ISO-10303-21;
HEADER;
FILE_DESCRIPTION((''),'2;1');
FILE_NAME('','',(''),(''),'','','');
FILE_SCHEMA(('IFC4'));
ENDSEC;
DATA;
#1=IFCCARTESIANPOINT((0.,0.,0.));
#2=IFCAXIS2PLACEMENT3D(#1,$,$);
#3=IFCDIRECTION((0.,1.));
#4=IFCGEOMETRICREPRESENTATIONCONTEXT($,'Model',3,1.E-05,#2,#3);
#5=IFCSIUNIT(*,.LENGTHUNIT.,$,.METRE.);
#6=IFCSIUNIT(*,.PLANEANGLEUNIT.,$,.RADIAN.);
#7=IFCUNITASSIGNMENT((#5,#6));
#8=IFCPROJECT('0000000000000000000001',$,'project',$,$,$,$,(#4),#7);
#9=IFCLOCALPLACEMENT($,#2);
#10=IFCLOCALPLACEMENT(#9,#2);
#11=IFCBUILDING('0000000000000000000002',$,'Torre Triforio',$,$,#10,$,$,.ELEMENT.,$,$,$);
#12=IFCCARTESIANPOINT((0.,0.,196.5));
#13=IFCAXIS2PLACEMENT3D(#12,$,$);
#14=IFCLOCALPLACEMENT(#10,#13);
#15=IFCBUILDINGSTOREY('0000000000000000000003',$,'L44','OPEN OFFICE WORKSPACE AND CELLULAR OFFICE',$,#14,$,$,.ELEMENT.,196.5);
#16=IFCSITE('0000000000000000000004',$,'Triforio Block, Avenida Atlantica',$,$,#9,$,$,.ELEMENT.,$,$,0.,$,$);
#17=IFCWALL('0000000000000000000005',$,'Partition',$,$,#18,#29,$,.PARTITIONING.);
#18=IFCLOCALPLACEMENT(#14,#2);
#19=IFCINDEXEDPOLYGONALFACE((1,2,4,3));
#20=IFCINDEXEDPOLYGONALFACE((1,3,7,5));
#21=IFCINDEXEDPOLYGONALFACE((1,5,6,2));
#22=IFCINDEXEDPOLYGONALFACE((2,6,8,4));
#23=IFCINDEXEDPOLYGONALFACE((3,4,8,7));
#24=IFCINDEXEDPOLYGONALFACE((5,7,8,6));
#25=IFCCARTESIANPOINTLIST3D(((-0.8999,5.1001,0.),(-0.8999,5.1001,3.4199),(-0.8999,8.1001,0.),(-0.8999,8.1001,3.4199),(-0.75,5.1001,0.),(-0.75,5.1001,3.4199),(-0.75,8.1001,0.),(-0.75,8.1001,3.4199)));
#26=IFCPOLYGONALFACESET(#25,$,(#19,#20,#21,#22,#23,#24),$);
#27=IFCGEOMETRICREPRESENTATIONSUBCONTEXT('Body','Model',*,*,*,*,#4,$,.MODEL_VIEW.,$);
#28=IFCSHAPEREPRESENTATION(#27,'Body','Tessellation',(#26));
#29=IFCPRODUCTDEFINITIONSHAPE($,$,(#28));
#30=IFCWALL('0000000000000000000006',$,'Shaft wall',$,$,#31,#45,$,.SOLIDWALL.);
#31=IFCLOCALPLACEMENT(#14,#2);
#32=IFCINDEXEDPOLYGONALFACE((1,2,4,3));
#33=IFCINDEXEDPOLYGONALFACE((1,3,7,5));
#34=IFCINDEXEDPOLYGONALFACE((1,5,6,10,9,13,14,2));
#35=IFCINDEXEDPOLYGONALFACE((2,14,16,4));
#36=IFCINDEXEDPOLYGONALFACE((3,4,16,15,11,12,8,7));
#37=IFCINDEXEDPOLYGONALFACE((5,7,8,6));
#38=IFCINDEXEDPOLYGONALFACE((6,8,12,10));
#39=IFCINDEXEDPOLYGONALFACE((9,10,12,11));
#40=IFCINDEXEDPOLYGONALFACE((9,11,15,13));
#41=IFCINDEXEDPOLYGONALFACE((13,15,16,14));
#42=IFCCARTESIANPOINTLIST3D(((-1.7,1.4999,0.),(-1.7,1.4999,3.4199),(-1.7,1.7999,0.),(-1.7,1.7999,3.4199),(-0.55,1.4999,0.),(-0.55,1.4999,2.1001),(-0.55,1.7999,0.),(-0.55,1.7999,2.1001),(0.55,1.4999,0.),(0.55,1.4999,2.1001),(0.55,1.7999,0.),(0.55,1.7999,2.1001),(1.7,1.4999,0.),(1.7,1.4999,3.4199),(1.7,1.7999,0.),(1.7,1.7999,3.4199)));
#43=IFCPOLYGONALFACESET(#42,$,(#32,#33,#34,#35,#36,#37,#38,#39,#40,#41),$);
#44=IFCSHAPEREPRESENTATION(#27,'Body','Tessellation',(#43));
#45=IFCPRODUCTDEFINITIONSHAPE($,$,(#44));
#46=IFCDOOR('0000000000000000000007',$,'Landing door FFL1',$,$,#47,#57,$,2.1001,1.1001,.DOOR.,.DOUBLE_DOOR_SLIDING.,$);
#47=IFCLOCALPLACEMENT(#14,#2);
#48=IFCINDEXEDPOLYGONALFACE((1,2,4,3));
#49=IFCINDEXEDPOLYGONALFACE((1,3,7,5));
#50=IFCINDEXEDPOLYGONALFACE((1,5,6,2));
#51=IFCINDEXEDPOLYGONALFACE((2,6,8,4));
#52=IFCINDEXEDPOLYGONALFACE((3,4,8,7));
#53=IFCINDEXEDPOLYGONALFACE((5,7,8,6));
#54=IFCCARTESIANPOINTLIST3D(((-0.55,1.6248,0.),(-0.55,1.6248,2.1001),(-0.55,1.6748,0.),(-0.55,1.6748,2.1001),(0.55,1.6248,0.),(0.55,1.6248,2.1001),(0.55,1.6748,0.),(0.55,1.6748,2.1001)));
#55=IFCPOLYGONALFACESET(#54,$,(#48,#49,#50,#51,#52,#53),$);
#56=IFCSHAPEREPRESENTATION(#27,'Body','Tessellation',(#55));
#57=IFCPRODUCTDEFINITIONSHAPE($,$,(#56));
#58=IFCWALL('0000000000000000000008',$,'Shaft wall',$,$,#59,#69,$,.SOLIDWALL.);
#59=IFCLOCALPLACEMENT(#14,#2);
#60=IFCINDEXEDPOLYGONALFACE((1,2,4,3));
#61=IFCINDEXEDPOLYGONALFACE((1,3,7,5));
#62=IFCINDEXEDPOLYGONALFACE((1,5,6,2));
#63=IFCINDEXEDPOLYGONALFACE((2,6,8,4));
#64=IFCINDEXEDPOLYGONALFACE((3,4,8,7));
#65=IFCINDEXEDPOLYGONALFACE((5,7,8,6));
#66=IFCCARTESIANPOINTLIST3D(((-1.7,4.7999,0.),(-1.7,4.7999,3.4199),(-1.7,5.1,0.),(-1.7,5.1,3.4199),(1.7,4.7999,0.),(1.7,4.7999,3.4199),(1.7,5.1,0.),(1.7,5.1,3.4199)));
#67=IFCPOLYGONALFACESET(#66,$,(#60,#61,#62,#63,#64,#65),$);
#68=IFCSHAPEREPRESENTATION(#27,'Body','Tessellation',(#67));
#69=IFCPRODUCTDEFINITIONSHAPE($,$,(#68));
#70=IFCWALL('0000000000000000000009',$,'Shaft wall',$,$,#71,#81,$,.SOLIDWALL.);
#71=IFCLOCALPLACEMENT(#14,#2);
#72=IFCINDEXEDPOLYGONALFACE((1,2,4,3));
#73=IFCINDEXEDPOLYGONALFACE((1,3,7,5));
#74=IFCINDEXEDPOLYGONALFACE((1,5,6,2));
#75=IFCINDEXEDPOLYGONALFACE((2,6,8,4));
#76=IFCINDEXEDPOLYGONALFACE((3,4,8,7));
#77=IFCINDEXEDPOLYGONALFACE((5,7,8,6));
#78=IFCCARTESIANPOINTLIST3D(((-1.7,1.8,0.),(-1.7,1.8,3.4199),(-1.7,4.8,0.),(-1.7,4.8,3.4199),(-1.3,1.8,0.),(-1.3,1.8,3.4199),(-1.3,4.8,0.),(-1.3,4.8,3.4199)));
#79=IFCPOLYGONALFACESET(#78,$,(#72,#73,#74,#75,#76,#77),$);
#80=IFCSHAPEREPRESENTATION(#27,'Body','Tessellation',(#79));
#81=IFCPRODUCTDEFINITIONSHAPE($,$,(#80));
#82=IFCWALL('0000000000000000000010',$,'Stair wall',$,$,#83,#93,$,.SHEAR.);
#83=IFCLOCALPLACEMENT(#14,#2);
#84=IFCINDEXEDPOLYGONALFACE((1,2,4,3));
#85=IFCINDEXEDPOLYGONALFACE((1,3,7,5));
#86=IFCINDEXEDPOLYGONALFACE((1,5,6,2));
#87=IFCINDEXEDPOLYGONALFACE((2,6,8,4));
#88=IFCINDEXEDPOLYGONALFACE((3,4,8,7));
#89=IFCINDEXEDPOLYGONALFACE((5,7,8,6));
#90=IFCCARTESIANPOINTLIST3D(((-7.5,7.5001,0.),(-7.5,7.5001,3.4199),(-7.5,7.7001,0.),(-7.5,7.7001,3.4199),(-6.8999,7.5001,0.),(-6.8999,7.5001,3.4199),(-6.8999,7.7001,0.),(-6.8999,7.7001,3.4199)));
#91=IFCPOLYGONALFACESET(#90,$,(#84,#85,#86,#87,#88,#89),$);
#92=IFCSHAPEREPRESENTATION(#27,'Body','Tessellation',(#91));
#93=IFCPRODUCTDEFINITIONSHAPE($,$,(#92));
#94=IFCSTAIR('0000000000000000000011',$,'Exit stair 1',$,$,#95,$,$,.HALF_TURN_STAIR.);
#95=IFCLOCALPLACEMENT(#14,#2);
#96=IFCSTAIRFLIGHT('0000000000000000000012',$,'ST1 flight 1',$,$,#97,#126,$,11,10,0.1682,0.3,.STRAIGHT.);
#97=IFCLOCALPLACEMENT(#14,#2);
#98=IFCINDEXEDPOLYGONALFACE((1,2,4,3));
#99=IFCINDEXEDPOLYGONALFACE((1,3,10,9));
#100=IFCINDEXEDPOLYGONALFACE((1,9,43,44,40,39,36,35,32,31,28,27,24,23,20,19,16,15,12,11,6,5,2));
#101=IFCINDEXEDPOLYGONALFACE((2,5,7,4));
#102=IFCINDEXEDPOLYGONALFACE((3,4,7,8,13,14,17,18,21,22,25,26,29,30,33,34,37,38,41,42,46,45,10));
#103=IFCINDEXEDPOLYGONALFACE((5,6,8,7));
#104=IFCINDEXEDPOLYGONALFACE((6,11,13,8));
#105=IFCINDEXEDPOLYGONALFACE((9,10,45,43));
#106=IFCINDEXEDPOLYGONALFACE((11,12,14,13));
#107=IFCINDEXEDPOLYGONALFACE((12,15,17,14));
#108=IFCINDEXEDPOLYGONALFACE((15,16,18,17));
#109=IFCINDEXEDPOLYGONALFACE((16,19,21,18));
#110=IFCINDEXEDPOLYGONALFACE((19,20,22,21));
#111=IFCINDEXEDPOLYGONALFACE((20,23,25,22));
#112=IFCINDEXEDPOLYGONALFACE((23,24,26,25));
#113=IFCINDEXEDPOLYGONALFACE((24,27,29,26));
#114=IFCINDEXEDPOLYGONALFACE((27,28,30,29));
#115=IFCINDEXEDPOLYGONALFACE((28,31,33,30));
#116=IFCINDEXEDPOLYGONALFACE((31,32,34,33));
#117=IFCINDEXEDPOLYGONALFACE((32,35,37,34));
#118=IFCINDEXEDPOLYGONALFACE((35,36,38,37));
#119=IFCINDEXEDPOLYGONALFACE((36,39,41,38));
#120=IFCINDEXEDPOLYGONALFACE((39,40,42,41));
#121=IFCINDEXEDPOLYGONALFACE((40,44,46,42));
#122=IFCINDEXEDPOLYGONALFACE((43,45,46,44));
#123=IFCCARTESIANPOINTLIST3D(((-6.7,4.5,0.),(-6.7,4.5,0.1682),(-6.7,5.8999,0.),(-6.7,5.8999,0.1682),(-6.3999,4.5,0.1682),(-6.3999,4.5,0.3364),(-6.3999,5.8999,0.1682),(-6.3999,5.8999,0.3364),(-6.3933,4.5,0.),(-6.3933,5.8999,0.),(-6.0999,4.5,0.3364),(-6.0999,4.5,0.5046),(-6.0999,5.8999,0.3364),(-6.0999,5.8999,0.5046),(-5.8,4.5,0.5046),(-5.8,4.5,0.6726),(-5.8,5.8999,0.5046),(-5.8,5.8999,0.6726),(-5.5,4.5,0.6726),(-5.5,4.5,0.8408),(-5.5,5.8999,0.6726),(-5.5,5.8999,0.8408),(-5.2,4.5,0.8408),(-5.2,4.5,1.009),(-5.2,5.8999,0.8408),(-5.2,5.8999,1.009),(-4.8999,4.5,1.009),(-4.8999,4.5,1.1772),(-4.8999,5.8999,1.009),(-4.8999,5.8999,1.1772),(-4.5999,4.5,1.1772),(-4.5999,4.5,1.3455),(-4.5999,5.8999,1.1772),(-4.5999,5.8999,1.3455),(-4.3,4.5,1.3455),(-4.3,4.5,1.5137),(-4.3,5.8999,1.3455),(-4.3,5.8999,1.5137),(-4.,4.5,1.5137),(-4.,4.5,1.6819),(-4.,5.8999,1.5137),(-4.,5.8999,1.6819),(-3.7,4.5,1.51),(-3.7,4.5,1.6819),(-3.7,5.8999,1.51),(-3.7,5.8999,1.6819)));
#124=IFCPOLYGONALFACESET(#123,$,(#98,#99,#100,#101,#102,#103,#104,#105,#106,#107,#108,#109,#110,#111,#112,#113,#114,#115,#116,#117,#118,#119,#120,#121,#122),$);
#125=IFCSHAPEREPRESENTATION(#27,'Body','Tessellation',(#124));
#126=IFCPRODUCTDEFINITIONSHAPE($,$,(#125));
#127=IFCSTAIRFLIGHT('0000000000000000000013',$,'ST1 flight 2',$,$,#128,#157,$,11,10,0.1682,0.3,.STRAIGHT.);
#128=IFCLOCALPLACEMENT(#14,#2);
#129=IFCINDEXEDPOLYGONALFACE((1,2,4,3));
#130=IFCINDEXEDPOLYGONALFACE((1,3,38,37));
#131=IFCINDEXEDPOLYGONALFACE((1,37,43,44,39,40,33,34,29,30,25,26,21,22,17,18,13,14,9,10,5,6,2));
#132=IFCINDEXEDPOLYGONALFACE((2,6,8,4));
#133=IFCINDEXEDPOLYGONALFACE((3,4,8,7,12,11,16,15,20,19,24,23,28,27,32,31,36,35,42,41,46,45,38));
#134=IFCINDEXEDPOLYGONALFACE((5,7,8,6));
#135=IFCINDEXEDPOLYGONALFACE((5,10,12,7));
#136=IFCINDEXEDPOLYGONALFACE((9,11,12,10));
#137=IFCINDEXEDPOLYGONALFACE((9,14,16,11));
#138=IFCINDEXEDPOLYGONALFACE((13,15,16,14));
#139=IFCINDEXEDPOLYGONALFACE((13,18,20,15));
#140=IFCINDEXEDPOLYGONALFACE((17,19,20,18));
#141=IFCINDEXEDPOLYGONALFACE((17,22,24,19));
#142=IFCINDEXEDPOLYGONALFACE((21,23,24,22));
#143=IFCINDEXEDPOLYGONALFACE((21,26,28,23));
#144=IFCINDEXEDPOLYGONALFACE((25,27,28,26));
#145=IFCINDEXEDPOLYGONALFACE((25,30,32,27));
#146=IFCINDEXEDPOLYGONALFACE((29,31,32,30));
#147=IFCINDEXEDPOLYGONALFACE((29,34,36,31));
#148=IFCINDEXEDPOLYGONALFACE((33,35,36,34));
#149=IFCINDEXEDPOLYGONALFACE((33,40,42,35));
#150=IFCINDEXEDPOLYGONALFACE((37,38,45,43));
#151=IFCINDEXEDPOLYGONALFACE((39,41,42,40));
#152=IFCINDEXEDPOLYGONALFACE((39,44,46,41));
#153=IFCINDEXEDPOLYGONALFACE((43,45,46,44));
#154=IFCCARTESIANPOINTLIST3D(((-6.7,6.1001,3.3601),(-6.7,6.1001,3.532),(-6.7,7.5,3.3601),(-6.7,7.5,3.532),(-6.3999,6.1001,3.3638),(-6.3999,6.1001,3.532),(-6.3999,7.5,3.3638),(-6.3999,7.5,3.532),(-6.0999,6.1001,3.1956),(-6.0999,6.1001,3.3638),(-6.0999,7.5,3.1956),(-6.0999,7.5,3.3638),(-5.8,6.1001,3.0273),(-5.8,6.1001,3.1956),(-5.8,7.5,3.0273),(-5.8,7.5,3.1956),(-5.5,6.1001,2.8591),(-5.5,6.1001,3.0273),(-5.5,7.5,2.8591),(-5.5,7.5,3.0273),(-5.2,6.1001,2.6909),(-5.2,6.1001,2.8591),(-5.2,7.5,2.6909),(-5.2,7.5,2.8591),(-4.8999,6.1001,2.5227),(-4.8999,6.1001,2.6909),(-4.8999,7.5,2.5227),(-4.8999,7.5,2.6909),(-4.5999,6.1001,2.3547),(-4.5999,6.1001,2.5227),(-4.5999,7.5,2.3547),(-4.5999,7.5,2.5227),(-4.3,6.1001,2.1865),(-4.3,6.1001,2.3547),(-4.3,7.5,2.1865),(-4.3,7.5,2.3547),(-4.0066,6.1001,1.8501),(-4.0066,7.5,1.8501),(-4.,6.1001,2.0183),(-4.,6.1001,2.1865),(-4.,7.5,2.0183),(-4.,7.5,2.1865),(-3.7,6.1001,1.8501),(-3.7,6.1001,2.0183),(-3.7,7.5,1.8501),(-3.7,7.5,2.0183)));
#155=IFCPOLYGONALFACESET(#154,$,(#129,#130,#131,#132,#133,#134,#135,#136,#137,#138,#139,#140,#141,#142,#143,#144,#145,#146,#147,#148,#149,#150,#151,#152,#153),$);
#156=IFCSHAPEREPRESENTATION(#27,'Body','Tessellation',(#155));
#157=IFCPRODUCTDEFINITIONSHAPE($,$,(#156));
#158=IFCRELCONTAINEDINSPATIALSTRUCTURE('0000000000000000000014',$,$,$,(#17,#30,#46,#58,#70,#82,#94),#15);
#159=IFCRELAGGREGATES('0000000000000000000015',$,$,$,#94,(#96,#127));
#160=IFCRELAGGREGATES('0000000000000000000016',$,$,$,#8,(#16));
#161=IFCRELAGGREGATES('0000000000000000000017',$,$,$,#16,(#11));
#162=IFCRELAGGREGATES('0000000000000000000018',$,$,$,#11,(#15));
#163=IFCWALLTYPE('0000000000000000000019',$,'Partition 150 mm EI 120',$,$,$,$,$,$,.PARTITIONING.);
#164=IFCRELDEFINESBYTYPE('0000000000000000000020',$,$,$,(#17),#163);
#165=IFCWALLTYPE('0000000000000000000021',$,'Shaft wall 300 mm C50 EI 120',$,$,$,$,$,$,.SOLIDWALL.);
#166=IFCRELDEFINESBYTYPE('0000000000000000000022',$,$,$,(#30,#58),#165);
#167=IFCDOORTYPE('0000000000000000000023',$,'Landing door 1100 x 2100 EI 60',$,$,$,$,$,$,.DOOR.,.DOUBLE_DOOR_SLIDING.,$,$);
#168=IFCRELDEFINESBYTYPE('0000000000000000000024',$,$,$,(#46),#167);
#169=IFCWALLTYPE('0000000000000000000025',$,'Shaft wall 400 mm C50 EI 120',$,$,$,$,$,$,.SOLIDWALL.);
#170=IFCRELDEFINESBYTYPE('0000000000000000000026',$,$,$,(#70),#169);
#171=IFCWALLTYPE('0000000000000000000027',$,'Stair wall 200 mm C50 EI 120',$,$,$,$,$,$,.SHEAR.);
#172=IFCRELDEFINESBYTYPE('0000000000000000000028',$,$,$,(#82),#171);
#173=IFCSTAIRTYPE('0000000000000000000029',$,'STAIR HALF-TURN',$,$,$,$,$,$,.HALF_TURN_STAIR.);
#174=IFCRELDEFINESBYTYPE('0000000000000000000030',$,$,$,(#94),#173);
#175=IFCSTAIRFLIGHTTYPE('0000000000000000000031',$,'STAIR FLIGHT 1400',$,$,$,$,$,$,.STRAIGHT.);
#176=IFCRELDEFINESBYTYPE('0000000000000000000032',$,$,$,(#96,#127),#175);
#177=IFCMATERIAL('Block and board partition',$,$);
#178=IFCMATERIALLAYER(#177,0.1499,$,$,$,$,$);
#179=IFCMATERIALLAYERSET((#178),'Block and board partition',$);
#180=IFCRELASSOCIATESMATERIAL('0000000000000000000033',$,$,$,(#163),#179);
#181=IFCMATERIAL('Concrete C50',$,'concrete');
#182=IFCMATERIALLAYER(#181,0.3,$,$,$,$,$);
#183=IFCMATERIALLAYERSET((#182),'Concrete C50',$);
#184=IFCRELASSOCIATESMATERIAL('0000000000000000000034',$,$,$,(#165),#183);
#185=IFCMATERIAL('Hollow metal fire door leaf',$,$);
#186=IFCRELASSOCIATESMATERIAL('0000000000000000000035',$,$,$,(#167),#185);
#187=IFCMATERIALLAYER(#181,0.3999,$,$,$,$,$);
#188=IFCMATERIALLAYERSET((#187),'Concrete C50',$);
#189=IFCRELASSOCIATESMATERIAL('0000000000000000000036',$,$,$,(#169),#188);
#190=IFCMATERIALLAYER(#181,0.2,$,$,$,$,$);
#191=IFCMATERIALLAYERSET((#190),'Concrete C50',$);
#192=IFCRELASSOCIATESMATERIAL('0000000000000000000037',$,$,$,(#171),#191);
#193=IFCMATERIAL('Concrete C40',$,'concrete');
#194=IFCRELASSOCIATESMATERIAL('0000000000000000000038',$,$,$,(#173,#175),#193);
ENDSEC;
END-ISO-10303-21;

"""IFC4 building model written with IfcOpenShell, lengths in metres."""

from ifc_helpers import new_model, si_unit, direction, frame, frame_2d, origin, place, context, subcontext, project, spatial, polyline, rectangle, outline, extrude, material, layer, layer_set, type_object, element, fill, aggregate, save


model = new_model("IFC4")

# Units and contexts
model_context = context("Model", 3, precision=1e-05, world=origin(), true_north=direction((0.0, 1.0)))
body_context = subcontext(model_context, "Body", "Model", "MODEL_VIEW")
ifc_project = project(units=[si_unit("LENGTHUNIT", "METRE"), si_unit("PLANEANGLEUNIT", "RADIAN")], contexts=[model_context])

# Site, building, storey
site_placement = place(None, origin())
site = spatial("IfcSite", under=ifc_project, at=site_placement, Name="Triforio Block, Avenida Atlantica", CompositionType="ELEMENT", RefElevation=0.0)
building_placement = place(site_placement, origin())
building = spatial("IfcBuilding", under=site, at=building_placement, Name="Torre Triforio", CompositionType="ELEMENT")
storey_placement = place(building_placement, frame((0.0, 0.0, 196.5)))
storey = spatial("IfcBuildingStorey", under=building, at=storey_placement, Name="L44", Description="OPEN OFFICE WORKSPACE AND CELLULAR OFFICE", CompositionType="ELEMENT", Elevation=196.5)

# Shared definitions
ifc_material_1 = material(Name="Concrete C40", Category="concrete")

# Wall
ifc_material_2 = material(Name="Concrete C50", Category="concrete")
ifc_material_3 = material(Name="Block and board partition")
ifc_layer_1 = layer(ifc_material_3, 0.1499)
ifc_layer_set_1 = layer_set([ifc_layer_1], Name="Block and board partition")
wall_type_1 = type_object("IfcWallType", Name="Partition 150 mm EI 120", PredefinedType="PARTITIONING", material=ifc_layer_set_1)
wall_1_placement = place(storey_placement, frame((-0.825, 5.1001, 0.0), z_axis=(0.0, 0.0, 1.0), x_axis=(0.0, 1.0, 0.0)))
element("IfcWall", 1, at=wall_1_placement, inside=storey, type_object=wall_type_1, Name="Partition", PredefinedType="PARTITIONING", context=body_context, shape_type="SweptSolid", body=[
    extrude(rectangle(XDim=3.0, YDim=0.1499, at=frame_2d((1.5, 0.0))), origin(), (0.0, 0.0, 1.0), 3.4199),
])

# Wall, opening, door
ifc_layer_2 = layer(ifc_material_2, 0.3)
ifc_layer_set_2 = layer_set([ifc_layer_2], Name="Concrete C50")
wall_type_2 = type_object("IfcWallType", Name="Shaft wall 300 mm C50 EI 120", PredefinedType="SOLIDWALL", material=ifc_layer_set_2)
wall_2_placement = place(storey_placement, frame((-1.7, 1.6499, 0.0), z_axis=(0.0, 0.0, 1.0), x_axis=(1.0, 0.0, 0.0)))
wall_2 = element("IfcWall", 2, at=wall_2_placement, inside=storey, type_object=wall_type_2, Name="Shaft wall", PredefinedType="SOLIDWALL", context=body_context, shape_type="SweptSolid", body=[
    extrude(rectangle(XDim=3.3999, YDim=0.3, at=frame_2d((1.7, 0.0))), origin(), (0.0, 0.0, 1.0), 3.4199),
])
opening_placement = place(wall_2_placement, frame((1.1499, 0.0, 0.0)))
opening = element("IfcOpeningElement", 3, at=opening_placement, cuts=wall_2, PredefinedType="OPENING", context=body_context, shape_type="SweptSolid", body=[
    extrude(rectangle(XDim=1.1001, YDim=2.1001, at=frame_2d((0.55, 1.05))), frame((0.0, 0.1599, 0.0), z_axis=(0.0, -1.0, 0.0), x_axis=(1.0, 0.0, 0.0)), (0.0, 0.0, 1.0), 0.3201),
])
ifc_material_4 = material(Name="Hollow metal fire door leaf")
door_type = type_object("IfcDoorType", Name="Landing door 1100 x 2100 EI 60", OperationType="DOUBLE_DOOR_SLIDING", PredefinedType="DOOR", material=ifc_material_4)
door_placement = place(opening_placement, origin())
door = element("IfcDoor", 4, at=door_placement, inside=storey, type_object=door_type, Name="Landing door FFL1", OperationType="DOUBLE_DOOR_SLIDING", OverallHeight=2.1001, OverallWidth=1.1001, PredefinedType="DOOR", context=body_context, shape_type="SweptSolid", body=[
    extrude(rectangle(XDim=1.1001, YDim=2.1001, at=frame_2d((0.55, 1.05))), frame((0.0, 0.0249, 0.0), z_axis=(0.0, -1.0, 0.0), x_axis=(1.0, 0.0, 0.0)), (0.0, 0.0, 1.0), 0.05),
])
fill(opening, door)

# Walls
wall_3_placement = place(storey_placement, frame((-1.7, 4.95, 0.0), z_axis=(0.0, 0.0, 1.0), x_axis=(1.0, 0.0, 0.0)))
element("IfcWall", 5, at=wall_3_placement, inside=storey, type_object=wall_type_2, Name="Shaft wall", PredefinedType="SOLIDWALL", context=body_context, shape_type="SweptSolid", body=[
    extrude(rectangle(XDim=3.3999, YDim=0.3, at=frame_2d((1.7, 0.0))), origin(), (0.0, 0.0, 1.0), 3.4199),
])
ifc_layer_3 = layer(ifc_material_2, 0.3999)
ifc_layer_set_3 = layer_set([ifc_layer_3], Name="Concrete C50")
wall_type_3 = type_object("IfcWallType", Name="Shaft wall 400 mm C50 EI 120", PredefinedType="SOLIDWALL", material=ifc_layer_set_3)
wall_4_placement = place(storey_placement, frame((-1.5, 1.8, 0.0), z_axis=(0.0, 0.0, 1.0), x_axis=(0.0, 1.0, 0.0)))
element("IfcWall", 6, at=wall_4_placement, inside=storey, type_object=wall_type_3, Name="Shaft wall", PredefinedType="SOLIDWALL", context=body_context, shape_type="SweptSolid", body=[
    extrude(rectangle(XDim=3.0, YDim=0.3999, at=frame_2d((1.5, 0.0))), origin(), (0.0, 0.0, 1.0), 3.4199),
])
ifc_layer_4 = layer(ifc_material_2, 0.2)
ifc_layer_set_4 = layer_set([ifc_layer_4], Name="Concrete C50")
wall_type_4 = type_object("IfcWallType", Name="Stair wall 200 mm C50 EI 120", PredefinedType="SHEAR", material=ifc_layer_set_4)
wall_5_placement = place(storey_placement, frame((-7.5, 7.6001, 0.0), z_axis=(0.0, 0.0, 1.0), x_axis=(1.0, 0.0, 0.0)))
element("IfcWall", 7, at=wall_5_placement, inside=storey, type_object=wall_type_4, Name="Stair wall", PredefinedType="SHEAR", context=body_context, shape_type="SweptSolid", body=[
    extrude(rectangle(XDim=0.6001, YDim=0.2, at=frame_2d((0.3, 0.0))), origin(), (0.0, 0.0, 1.0), 3.4199),
])

# Stair, stair flights
stair_type = type_object("IfcStairType", Name="STAIR HALF-TURN", PredefinedType="HALF_TURN_STAIR", material=ifc_material_1)
stair_placement = place(storey_placement, origin())
stair = element("IfcStair", 8, at=stair_placement, inside=storey, type_object=stair_type, Name="Exit stair 1", PredefinedType="HALF_TURN_STAIR")
stair_flight_type = type_object("IfcStairFlightType", Name="STAIR FLIGHT 1400", PredefinedType="STRAIGHT", material=ifc_material_1)
stair_flight_1_placement = place(storey_placement, frame((-6.7, 5.2, 0.0), z_axis=(0.0, 0.0, 1.0), x_axis=(1.0, 0.0, 0.0)))
stair_flight_1 = element("IfcStairFlight", 9, at=stair_flight_1_placement, type_object=stair_flight_type, Name="ST1 flight 1", NumberOfRisers=11, NumberOfTreads=10, PredefinedType="STRAIGHT", RiserHeight=0.1682, TreadLength=0.3, context=body_context, shape_type="SweptSolid", body=[
    extrude(outline(polyline([(0.0, 0.0), (0.0, 0.1682), (0.3, 0.1682), (0.3, 0.3364), (0.6001, 0.3364), (0.6001, 0.5046), (0.8999, 0.5046), (0.8999, 0.6726), (1.2, 0.6726), (1.2, 0.8408), (1.5, 0.8408), (1.5, 1.009), (1.8, 1.009), (1.8, 1.1772), (2.1001, 1.1772), (2.1001, 1.3455), (2.3999, 1.3455), (2.3999, 1.5137), (2.7, 1.5137), (2.7, 1.6819), (3.0, 1.6819), (3.0, 1.8501), (3.0, 1.51), (0.3066, 0.0), (0.0, 0.0)])), frame((0.0, 0.7, 0.0), z_axis=(0.0, -1.0, 0.0), x_axis=(1.0, 0.0, 0.0)), (0.0, 0.0, 1.0), 1.3999),
])
stair_flight_2_placement = place(storey_placement, frame((-3.7, 6.8, 1.8501), z_axis=(0.0, 0.0, 1.0), x_axis=(-1.0, 0.0, 0.0)))
stair_flight_2 = element("IfcStairFlight", 10, at=stair_flight_2_placement, type_object=stair_flight_type, Name="ST1 flight 2", NumberOfRisers=11, NumberOfTreads=10, PredefinedType="STRAIGHT", RiserHeight=0.1682, TreadLength=0.3, context=body_context, shape_type="SweptSolid", body=[
    extrude(outline(polyline([(0.0, 0.0), (0.0, 0.1682), (0.3, 0.1682), (0.3, 0.3364), (0.6001, 0.3364), (0.6001, 0.5046), (0.8999, 0.5046), (0.8999, 0.6726), (1.2, 0.6726), (1.2, 0.8408), (1.5, 0.8408), (1.5, 1.009), (1.8, 1.009), (1.8, 1.1772), (2.1001, 1.1772), (2.1001, 1.3455), (2.3999, 1.3455), (2.3999, 1.5137), (2.7, 1.5137), (2.7, 1.6819), (3.0, 1.6819), (3.0, 1.8501), (3.0, 1.51), (0.3066, 0.0), (0.0, 0.0)])), frame((0.0, 0.7, 0.0), z_axis=(0.0, -1.0, 0.0), x_axis=(1.0, 0.0, 0.0)), (0.0, 0.0, 1.0), 1.3999),
])
aggregate(stair, [stair_flight_1, stair_flight_2])

save(model, "model.ifc")
